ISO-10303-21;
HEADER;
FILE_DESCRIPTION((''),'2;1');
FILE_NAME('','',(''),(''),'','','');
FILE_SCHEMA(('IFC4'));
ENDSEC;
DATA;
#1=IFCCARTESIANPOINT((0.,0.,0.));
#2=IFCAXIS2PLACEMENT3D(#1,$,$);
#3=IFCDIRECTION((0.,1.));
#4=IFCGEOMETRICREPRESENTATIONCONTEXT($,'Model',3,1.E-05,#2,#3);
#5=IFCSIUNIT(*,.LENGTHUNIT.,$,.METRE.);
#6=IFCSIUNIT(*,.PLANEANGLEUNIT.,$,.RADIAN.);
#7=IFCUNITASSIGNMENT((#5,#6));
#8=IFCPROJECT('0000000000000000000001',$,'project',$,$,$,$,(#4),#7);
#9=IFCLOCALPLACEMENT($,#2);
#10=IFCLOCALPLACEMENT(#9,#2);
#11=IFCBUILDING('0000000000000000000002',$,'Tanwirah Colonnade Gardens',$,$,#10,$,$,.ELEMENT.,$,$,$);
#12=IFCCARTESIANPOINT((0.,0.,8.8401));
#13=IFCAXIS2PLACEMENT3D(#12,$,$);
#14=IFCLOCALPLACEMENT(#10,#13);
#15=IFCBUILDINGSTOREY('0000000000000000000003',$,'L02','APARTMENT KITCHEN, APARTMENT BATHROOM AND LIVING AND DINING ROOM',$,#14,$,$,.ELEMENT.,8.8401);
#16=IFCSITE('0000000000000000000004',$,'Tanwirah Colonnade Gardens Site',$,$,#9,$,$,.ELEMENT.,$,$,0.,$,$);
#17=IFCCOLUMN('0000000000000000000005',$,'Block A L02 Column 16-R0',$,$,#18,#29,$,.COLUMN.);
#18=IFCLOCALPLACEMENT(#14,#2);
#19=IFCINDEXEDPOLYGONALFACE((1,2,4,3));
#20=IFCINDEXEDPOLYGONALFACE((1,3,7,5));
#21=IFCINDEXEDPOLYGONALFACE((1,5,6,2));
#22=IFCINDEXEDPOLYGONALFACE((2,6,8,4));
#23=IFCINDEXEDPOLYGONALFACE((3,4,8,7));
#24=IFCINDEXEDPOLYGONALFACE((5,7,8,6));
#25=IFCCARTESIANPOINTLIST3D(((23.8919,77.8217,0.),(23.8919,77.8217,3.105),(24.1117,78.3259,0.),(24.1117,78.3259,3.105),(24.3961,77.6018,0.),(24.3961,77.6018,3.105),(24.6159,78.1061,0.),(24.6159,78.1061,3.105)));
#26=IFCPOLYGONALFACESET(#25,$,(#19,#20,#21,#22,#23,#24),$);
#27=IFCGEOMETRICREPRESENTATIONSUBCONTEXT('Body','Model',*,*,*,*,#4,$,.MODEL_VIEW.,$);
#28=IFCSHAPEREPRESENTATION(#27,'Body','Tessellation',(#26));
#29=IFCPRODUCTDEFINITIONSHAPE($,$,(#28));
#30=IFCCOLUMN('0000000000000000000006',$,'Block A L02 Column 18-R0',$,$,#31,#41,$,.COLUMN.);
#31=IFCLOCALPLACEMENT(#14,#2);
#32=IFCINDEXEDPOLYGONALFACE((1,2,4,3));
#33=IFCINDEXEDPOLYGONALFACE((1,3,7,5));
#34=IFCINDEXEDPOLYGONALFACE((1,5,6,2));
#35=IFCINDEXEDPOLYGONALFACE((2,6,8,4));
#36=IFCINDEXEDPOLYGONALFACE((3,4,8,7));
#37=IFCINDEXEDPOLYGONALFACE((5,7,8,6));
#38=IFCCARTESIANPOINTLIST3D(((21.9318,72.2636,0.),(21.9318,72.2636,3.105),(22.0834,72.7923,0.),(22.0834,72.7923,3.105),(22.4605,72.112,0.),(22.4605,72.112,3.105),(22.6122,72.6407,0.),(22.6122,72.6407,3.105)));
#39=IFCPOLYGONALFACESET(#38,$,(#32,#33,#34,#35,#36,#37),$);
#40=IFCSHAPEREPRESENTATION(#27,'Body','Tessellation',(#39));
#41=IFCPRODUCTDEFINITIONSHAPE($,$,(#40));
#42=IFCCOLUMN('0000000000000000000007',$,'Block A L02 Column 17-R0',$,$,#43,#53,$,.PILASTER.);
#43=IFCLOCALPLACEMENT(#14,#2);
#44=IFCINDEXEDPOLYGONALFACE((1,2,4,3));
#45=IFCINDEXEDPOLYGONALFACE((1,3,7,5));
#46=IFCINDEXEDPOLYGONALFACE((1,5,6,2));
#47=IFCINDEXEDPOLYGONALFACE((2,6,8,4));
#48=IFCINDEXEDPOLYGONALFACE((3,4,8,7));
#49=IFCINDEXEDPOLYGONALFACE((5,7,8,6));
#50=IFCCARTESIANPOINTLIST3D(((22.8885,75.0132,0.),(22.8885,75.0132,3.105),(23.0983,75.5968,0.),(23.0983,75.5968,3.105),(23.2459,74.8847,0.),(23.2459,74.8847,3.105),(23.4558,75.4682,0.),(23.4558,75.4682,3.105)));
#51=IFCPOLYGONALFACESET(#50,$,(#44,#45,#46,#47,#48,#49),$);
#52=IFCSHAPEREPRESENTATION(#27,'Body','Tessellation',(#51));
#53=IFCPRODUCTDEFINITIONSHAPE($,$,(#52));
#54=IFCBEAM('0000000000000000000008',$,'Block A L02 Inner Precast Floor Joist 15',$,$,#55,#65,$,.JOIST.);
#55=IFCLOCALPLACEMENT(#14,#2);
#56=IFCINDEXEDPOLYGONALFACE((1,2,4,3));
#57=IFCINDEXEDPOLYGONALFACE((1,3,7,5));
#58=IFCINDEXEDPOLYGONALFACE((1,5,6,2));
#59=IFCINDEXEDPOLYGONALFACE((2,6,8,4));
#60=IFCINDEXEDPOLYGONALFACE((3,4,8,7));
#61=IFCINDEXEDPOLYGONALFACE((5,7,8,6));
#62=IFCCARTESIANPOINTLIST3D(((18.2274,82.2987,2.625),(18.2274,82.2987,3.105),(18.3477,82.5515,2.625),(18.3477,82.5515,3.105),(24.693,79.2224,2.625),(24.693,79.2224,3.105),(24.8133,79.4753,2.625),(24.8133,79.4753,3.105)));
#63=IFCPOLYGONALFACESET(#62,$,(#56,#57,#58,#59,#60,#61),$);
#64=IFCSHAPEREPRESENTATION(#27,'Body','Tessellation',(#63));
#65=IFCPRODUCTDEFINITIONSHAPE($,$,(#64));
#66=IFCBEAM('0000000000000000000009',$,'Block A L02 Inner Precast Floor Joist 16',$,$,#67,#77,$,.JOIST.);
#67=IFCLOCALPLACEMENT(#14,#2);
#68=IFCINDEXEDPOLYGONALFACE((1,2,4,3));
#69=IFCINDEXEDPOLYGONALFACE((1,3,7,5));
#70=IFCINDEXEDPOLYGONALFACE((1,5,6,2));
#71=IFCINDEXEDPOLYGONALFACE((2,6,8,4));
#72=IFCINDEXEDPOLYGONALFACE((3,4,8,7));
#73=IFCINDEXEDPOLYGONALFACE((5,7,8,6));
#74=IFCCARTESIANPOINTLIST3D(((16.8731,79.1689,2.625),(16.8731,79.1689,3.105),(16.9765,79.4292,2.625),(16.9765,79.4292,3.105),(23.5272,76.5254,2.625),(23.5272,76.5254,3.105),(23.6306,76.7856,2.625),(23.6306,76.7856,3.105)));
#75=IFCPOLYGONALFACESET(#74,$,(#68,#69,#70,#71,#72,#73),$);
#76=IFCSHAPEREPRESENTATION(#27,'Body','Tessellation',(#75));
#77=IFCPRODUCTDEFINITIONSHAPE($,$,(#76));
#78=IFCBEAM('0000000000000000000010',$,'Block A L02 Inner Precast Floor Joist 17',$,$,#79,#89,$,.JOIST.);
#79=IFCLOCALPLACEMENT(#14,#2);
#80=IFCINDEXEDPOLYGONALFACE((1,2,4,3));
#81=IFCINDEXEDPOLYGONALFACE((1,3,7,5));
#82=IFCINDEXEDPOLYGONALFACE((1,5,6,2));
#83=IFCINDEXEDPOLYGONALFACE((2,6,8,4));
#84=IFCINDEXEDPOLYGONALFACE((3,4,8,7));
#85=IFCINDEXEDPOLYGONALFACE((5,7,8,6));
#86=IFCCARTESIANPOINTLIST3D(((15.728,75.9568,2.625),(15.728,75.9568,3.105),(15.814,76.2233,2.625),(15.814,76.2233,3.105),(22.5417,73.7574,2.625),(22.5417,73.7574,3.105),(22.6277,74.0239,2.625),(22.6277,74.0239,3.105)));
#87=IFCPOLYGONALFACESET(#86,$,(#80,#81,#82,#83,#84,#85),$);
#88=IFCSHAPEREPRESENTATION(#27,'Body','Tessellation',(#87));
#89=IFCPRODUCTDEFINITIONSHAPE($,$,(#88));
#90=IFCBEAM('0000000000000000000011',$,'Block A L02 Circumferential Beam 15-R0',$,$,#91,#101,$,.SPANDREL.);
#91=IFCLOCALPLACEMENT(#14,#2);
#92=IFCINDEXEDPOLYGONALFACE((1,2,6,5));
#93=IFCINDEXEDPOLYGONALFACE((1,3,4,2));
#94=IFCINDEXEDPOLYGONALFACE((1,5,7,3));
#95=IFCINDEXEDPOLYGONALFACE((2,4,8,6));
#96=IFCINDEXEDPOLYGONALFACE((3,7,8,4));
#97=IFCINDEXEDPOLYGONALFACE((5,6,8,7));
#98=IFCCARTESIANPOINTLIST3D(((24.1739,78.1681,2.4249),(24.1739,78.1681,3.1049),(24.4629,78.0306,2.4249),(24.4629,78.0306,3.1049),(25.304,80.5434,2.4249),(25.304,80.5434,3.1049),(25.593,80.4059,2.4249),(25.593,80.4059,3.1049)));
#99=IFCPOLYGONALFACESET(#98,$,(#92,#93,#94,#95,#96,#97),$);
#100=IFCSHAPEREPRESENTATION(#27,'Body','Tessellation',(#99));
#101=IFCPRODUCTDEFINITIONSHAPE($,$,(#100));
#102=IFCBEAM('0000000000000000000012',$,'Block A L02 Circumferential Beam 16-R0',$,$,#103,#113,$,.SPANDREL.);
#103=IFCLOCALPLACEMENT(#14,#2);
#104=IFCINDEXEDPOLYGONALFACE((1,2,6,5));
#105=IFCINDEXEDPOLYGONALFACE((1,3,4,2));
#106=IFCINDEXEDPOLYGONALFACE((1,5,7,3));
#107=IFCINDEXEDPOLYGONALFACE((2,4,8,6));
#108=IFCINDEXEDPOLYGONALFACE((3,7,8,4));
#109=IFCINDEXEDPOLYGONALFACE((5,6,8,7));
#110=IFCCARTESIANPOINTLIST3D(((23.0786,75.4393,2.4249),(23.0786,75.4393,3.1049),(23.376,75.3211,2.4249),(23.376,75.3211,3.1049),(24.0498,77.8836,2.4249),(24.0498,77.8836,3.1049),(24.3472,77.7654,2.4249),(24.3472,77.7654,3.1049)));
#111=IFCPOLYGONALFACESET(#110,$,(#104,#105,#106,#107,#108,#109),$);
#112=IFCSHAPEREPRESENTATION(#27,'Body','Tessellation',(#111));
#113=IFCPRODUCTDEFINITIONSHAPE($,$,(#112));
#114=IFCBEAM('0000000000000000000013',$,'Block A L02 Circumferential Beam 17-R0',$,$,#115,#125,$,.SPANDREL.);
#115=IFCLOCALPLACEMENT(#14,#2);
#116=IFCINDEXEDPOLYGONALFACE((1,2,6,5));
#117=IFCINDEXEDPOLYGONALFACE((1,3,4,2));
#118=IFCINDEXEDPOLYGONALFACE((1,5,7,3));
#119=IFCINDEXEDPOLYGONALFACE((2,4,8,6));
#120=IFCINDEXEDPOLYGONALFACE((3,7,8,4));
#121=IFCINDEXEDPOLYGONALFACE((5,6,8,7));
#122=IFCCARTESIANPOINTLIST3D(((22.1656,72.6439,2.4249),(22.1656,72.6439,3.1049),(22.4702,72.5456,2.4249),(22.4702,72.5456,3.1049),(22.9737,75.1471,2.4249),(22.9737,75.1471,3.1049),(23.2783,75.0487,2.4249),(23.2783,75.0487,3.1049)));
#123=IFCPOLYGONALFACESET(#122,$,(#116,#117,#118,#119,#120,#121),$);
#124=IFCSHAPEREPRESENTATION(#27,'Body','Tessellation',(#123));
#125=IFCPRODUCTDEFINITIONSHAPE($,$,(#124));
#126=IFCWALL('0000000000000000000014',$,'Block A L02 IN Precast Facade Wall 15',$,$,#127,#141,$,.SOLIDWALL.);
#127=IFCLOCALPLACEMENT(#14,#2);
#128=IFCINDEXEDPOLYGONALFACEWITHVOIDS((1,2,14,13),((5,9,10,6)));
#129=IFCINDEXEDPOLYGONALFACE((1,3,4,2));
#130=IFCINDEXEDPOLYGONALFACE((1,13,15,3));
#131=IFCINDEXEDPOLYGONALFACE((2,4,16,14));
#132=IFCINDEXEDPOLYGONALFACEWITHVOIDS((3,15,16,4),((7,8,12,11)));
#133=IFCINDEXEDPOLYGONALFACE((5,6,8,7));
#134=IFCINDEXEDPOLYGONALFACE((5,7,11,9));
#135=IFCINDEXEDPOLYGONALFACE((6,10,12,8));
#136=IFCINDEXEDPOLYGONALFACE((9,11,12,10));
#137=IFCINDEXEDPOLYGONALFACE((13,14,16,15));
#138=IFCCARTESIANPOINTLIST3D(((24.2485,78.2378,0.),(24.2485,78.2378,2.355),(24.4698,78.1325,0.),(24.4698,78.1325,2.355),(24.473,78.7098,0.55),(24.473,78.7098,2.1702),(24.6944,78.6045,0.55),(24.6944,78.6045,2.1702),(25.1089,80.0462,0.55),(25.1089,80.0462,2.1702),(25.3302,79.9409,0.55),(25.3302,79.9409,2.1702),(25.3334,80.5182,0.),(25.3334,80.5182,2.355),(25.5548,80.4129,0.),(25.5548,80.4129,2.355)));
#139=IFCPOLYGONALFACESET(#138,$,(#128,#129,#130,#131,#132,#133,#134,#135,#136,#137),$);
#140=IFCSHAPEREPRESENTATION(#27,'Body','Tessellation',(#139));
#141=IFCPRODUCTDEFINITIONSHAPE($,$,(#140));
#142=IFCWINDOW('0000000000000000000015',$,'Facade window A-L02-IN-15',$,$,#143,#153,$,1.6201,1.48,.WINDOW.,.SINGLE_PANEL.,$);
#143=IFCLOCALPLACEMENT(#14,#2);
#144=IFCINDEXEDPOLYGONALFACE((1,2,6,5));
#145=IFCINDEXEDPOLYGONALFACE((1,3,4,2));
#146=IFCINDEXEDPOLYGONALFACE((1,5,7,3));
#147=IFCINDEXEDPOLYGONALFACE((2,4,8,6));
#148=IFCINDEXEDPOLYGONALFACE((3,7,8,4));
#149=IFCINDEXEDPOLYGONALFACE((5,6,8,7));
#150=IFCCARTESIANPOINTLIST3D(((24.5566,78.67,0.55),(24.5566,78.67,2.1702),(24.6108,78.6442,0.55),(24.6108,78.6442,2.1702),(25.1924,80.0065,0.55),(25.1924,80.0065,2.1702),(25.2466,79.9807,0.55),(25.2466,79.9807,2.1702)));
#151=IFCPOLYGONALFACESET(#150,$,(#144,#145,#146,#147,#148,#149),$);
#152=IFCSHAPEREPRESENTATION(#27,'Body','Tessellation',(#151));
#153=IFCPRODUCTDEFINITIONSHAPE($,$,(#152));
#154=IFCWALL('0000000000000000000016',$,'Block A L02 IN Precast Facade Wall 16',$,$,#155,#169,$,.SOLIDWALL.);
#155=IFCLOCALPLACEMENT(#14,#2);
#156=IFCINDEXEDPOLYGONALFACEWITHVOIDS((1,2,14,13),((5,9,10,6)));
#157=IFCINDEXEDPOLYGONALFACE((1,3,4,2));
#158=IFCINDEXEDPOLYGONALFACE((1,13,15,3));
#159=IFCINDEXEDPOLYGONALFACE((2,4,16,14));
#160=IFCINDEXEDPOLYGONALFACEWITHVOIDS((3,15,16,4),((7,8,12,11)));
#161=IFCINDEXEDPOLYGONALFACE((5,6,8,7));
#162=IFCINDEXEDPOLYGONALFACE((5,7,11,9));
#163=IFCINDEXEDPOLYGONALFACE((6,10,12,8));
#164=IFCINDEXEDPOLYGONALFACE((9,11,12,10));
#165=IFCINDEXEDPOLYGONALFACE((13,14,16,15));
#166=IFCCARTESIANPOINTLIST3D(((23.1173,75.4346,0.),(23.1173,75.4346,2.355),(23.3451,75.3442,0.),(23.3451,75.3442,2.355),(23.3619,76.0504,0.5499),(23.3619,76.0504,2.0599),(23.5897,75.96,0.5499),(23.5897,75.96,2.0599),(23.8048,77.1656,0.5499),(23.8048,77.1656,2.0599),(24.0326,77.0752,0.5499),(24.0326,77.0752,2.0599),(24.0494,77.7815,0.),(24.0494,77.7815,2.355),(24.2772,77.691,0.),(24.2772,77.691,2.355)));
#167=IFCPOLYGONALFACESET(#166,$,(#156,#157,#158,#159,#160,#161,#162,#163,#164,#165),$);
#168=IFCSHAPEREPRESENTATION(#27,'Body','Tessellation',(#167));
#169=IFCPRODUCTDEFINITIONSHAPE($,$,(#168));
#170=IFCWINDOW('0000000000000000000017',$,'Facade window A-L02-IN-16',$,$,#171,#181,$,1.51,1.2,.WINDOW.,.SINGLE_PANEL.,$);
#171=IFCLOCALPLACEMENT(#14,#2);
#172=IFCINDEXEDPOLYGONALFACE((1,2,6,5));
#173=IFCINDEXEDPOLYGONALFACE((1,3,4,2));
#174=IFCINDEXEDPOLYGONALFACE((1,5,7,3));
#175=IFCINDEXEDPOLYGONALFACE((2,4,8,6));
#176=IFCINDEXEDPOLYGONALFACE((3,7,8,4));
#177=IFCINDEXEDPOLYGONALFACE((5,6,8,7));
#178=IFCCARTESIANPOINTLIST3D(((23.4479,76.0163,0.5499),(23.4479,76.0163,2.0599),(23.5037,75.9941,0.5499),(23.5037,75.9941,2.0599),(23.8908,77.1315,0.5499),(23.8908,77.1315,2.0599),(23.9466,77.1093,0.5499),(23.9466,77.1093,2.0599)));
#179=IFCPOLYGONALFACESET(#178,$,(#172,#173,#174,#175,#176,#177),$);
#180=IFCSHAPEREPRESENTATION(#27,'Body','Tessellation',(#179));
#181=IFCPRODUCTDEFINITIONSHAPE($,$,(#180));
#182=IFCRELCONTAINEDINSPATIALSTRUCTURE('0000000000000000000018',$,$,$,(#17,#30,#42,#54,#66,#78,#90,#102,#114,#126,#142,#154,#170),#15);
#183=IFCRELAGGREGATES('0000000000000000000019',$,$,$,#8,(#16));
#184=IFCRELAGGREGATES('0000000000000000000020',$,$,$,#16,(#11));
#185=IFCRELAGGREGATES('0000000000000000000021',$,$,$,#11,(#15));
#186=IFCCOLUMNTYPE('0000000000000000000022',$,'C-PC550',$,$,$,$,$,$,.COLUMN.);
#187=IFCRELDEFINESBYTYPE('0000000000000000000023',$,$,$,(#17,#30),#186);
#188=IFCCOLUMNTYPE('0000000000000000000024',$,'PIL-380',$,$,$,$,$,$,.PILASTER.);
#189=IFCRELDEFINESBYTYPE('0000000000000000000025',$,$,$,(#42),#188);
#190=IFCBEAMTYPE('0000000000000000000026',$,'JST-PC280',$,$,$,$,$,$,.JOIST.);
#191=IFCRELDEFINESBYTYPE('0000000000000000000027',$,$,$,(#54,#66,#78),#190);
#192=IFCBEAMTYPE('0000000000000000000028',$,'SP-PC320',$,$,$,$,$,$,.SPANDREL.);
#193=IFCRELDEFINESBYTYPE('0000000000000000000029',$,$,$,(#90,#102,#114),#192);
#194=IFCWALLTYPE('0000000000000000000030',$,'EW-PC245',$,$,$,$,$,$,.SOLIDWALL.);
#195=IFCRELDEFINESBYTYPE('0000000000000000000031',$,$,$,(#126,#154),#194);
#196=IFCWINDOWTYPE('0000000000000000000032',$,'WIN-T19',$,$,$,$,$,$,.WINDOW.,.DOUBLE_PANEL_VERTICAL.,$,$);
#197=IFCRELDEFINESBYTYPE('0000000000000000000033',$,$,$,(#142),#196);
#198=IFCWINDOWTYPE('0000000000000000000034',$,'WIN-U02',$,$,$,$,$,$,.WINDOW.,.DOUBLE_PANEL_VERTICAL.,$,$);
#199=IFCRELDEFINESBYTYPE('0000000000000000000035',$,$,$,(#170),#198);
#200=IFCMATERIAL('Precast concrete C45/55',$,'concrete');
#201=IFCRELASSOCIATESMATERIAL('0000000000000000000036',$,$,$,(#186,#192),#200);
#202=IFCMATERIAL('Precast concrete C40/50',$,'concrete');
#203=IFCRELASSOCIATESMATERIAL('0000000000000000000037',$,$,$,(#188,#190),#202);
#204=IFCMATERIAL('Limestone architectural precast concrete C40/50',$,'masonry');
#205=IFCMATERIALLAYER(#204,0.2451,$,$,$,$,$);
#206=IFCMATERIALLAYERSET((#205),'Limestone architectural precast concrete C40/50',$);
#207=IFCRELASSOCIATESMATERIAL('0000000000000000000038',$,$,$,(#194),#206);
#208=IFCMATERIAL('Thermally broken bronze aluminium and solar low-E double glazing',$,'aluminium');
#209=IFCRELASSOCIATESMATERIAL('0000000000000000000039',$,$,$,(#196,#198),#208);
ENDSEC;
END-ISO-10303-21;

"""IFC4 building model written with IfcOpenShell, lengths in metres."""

from ifc_helpers import new_model, si_unit, direction, frame, frame_2d, origin, origin_2d, place, context, subcontext, project, spatial, rectangle, extrude, material, layer, layer_set, material_profile, profile_set, type_object, element, fill, save


model = new_model("IFC4")

# Units and contexts
model_context = context("Model", 3, precision=1e-05, world=origin(), true_north=direction((0.0, 1.0)))
body_context = subcontext(model_context, "Body", "Model", "MODEL_VIEW")
ifc_project = project(units=[si_unit("LENGTHUNIT", "METRE"), si_unit("PLANEANGLEUNIT", "RADIAN")], contexts=[model_context])

# Site, building, storey
site_placement = place(None, origin())
site = spatial("IfcSite", under=ifc_project, at=site_placement, Name="Tanwirah Colonnade Gardens Site", CompositionType="ELEMENT", RefElevation=0.0)
building_placement = place(site_placement, origin())
building = spatial("IfcBuilding", under=site, at=building_placement, Name="Tanwirah Colonnade Gardens", CompositionType="ELEMENT")
storey_placement = place(building_placement, frame((0.0, 0.0, 8.8401)))
storey = spatial("IfcBuildingStorey", under=building, at=storey_placement, Name="L02", Description="APARTMENT KITCHEN, APARTMENT BATHROOM AND LIVING AND DINING ROOM", CompositionType="ELEMENT", Elevation=8.8401)

# Columns
ifc_material_1 = material(Name="Precast concrete C45/55", Category="concrete")
ifc_material_profile_1 = material_profile(ifc_material_1, rectangle(XDim=0.55, YDim=0.55, at=origin_2d()), Name="PC-COL 550x550")
ifc_profile_set_1 = profile_set([ifc_material_profile_1], Name="Precast concrete C45/55")
column_type_1 = type_object("IfcColumnType", Name="C-PC550", PredefinedType="COLUMN", material=ifc_profile_set_1)
for number, where, z_axis, x_axis, name in (
    (1, (24.2539, 77.9639, 0.0), (0.0, 0.0, 1.0), (-0.916673, 0.399638, 0.0), "Block A L02 Column 16-R0"),
    (2, (22.272, 72.4521, 0.0), (0.0, 0.0, 1.0), (-0.961262, 0.275637, 0.0), "Block A L02 Column 18-R0"),
):
    element("IfcColumn", number, at=place(storey_placement, frame(where, z_axis=z_axis, x_axis=x_axis)), inside=storey, type_object=column_type_1, Name=name, PredefinedType="COLUMN", context=body_context, shape_type="SweptSolid", body=[
        extrude(rectangle(XDim=0.55, YDim=0.55, at=origin_2d()), origin(), (0.0, 0.0, 1.0), 3.105),
    ])
ifc_material_2 = material(Name="Precast concrete C40/50", Category="concrete")
ifc_material_profile_2 = material_profile(ifc_material_2, rectangle(XDim=0.3799, YDim=0.6201, at=origin_2d()), Name="PC-PIL 380x620")
ifc_profile_set_2 = profile_set([ifc_material_profile_2], Name="Precast concrete C40/50")
column_type_2 = type_object("IfcColumnType", Name="PIL-380", PredefinedType="PILASTER", material=ifc_profile_set_2)
column_placement = place(storey_placement, frame((23.1721, 75.2407, 0.0), z_axis=(0.0, 0.0, 1.0), x_axis=(-0.941012, 0.338373, 0.0)))
element("IfcColumn", 3, at=column_placement, inside=storey, type_object=column_type_2, Name="Block A L02 Column 17-R0", PredefinedType="PILASTER", context=body_context, shape_type="SweptSolid", body=[
    extrude(rectangle(XDim=0.3799, YDim=0.6201, at=origin_2d()), origin(), (0.0, 0.0, 1.0), 3.105),
])

# Beams
ifc_material_profile_3 = material_profile(ifc_material_2, rectangle(XDim=0.28, YDim=0.48, at=origin_2d()), Name="PC-JST 280x480")
ifc_profile_set_3 = profile_set([ifc_material_profile_3], Name="Precast concrete C40/50")
beam_type_1 = type_object("IfcBeamType", Name="JST-PC280", PredefinedType="JOIST", material=ifc_profile_set_3)
beam_1_placement = place(storey_placement, frame((24.7532, 79.3489, 2.865), z_axis=(-0.903005, 0.429629, 0.0), x_axis=(-0.429629, -0.903005, 0.0)))
element("IfcBeam", 4, at=beam_1_placement, inside=storey, type_object=beam_type_1, Name="Block A L02 Inner Precast Floor Joist 15", PredefinedType="JOIST", context=body_context, shape_type="SweptSolid", body=[
    extrude(rectangle(XDim=0.28, YDim=0.48, at=origin_2d()), origin(), (0.0, 0.0, 1.0), 7.1602),
])
for number, where, z_axis, x_axis, name in (
    (5, (23.5789, 76.6555, 2.865), (-0.929344, 0.369214, 0.0), (-0.369214, -0.929344, 0.0), "Block A L02 Inner Precast Floor Joist 16"),
    (6, (22.5847, 73.8906, 2.865), (-0.951648, 0.307191, 0.0), (-0.307191, -0.951648, 0.0), "Block A L02 Inner Precast Floor Joist 17"),
):
    element("IfcBeam", number, at=place(storey_placement, frame(where, z_axis=z_axis, x_axis=x_axis)), inside=storey, type_object=beam_type_1, Name=name, PredefinedType="JOIST", context=body_context, shape_type="SweptSolid", body=[
        extrude(rectangle(XDim=0.28, YDim=0.48, at=origin_2d()), origin(), (0.0, 0.0, 1.0), 7.1599),
    ])
ifc_material_profile_4 = material_profile(ifc_material_1, rectangle(XDim=0.3201, YDim=0.6799, at=origin_2d()), Name="PC-SP 320x680")
ifc_profile_set_4 = profile_set([ifc_material_profile_4], Name="Precast concrete C45/55")
beam_type_2 = type_object("IfcBeamType", Name="SP-PC320", PredefinedType="SPANDREL", material=ifc_profile_set_4)
beam_2_placement = place(storey_placement, frame((25.4485, 80.4746, 2.7649), z_axis=(-0.429642, -0.902999, 0.0), x_axis=(0.902999, -0.429642, 0.0)))
element("IfcBeam", 7, at=beam_2_placement, inside=storey, type_object=beam_type_2, Name="Block A L02 Circumferential Beam 15-R0", PredefinedType="SPANDREL", context=body_context, shape_type="SweptSolid", body=[
    extrude(rectangle(XDim=0.3201, YDim=0.6799, at=origin_2d()), origin(), (0.0, 0.0, 1.0), 2.6304),
])
beam_3_placement = place(storey_placement, frame((24.1985, 77.8245, 2.7649), z_axis=(-0.369245, -0.929332, 0.0), x_axis=(0.929332, -0.369245, 0.0)))
element("IfcBeam", 8, at=beam_3_placement, inside=storey, type_object=beam_type_2, Name="Block A L02 Circumferential Beam 16-R0", PredefinedType="SPANDREL", context=body_context, shape_type="SweptSolid", body=[
    extrude(rectangle(XDim=0.3201, YDim=0.6799, at=origin_2d()), origin(), (0.0, 0.0, 1.0), 2.6301),
])
beam_4_placement = place(storey_placement, frame((23.126, 75.0979, 2.7649), z_axis=(-0.30722, -0.951639, 0.0), x_axis=(0.951639, -0.30722, 0.0)))
element("IfcBeam", 9, at=beam_4_placement, inside=storey, type_object=beam_type_2, Name="Block A L02 Circumferential Beam 17-R0", PredefinedType="SPANDREL", context=body_context, shape_type="SweptSolid", body=[
    extrude(rectangle(XDim=0.3201, YDim=0.6799, at=origin_2d()), origin(), (0.0, 0.0, 1.0), 2.6304),
])

# Walls, openings, windows
ifc_material_3 = material(Name="Limestone architectural precast concrete C40/50", Category="masonry")
ifc_layer_1 = layer(ifc_material_3, 0.2451)
ifc_layer_set_1 = layer_set([ifc_layer_1], Name="Limestone architectural precast concrete C40/50")
wall_type_1 = type_object("IfcWallType", Name="EW-PC245", PredefinedType="SOLIDWALL", material=ifc_layer_set_1)
wall_1_placement = place(storey_placement, frame((25.4441, 80.4656, 0.0), z_axis=(0.0, 0.0, 1.0), x_axis=(-0.429611, -0.903014, 0.0)))
wall_1 = element("IfcWall", 10, at=wall_1_placement, inside=storey, type_object=wall_type_1, Name="Block A L02 IN Precast Facade Wall 15", PredefinedType="SOLIDWALL", context=body_context, shape_type="SweptSolid", body=[
    extrude(rectangle(XDim=2.5254, YDim=0.2451, at=frame_2d((1.2627, 0.0))), origin(), (0.0, 0.0, 1.0), 2.355),
])
opening_1_placement = place(wall_1_placement, frame((0.5227, 0.0, 0.55)))
opening_1 = element("IfcOpeningElement", 11, at=opening_1_placement, cuts=wall_1, PredefinedType="OPENING", context=body_context, shape_type="SweptSolid", body=[
    extrude(rectangle(XDim=1.48, YDim=1.6201, at=frame_2d((0.74, 0.8101))), frame((0.0, 0.1326, 0.0), z_axis=(0.0, -1.0, 0.0), x_axis=(1.0, 0.0, 0.0)), (0.0, 0.0, 1.0), 0.2651),
])
ifc_material_4 = material(Name="Thermally broken bronze aluminium and solar low-E double glazing", Category="aluminium")
window_type_1 = type_object("IfcWindowType", Name="WIN-T19", PartitioningType="DOUBLE_PANEL_VERTICAL", PredefinedType="WINDOW", material=ifc_material_4)
window_1_placement = place(opening_1_placement, origin())
window_1 = element("IfcWindow", 12, at=window_1_placement, inside=storey, type_object=window_type_1, Name="Facade window A-L02-IN-15", OverallHeight=1.6201, OverallWidth=1.48, PartitioningType="SINGLE_PANEL", PredefinedType="WINDOW", context=body_context, shape_type="SweptSolid", body=[
    extrude(rectangle(XDim=1.48, YDim=1.6201, at=frame_2d((0.74, 0.8101))), frame((0.0, 0.03, 0.0), z_axis=(0.0, -1.0, 0.0), x_axis=(1.0, 0.0, 0.0)), (0.0, 0.0, 1.0), 0.0601),
])
fill(opening_1, window_1)
wall_2_placement = place(storey_placement, frame((24.1633, 77.7363, 0.0), z_axis=(0.0, 0.0, 1.0), x_axis=(-0.369123, -0.929381, 0.0)))
wall_2 = element("IfcWall", 13, at=wall_2_placement, inside=storey, type_object=wall_type_1, Name="Block A L02 IN Precast Facade Wall 16", PredefinedType="SOLIDWALL", context=body_context, shape_type="SweptSolid", body=[
    extrude(rectangle(XDim=2.5251, YDim=0.2451, at=frame_2d((1.2627, 0.0))), origin(), (0.0, 0.0, 1.0), 2.355),
])
opening_2_placement = place(wall_2_placement, frame((0.6626, 0.0, 0.55)))
opening_2 = element("IfcOpeningElement", 14, at=opening_2_placement, cuts=wall_2, PredefinedType="OPENING", context=body_context, shape_type="SweptSolid", body=[
    extrude(rectangle(XDim=1.2, YDim=1.51, at=frame_2d((0.6001, 0.7549))), frame((0.0, 0.1326, 0.0), z_axis=(0.0, -1.0, 0.0), x_axis=(1.0, 0.0, 0.0)), (0.0, 0.0, 1.0), 0.2651),
])
window_type_2 = type_object("IfcWindowType", Name="WIN-U02", PartitioningType="DOUBLE_PANEL_VERTICAL", PredefinedType="WINDOW", material=ifc_material_4)
window_2_placement = place(opening_2_placement, origin())
window_2 = element("IfcWindow", 15, at=window_2_placement, inside=storey, type_object=window_type_2, Name="Facade window A-L02-IN-16", OverallHeight=1.51, OverallWidth=1.2, PartitioningType="SINGLE_PANEL", PredefinedType="WINDOW", context=body_context, shape_type="SweptSolid", body=[
    extrude(rectangle(XDim=1.2, YDim=1.51, at=frame_2d((0.6001, 0.7549))), frame((0.0, 0.03, 0.0), z_axis=(0.0, -1.0, 0.0), x_axis=(1.0, 0.0, 0.0)), (0.0, 0.0, 1.0), 0.0601),
])
fill(opening_2, window_2)

save(model, "model.ifc")
